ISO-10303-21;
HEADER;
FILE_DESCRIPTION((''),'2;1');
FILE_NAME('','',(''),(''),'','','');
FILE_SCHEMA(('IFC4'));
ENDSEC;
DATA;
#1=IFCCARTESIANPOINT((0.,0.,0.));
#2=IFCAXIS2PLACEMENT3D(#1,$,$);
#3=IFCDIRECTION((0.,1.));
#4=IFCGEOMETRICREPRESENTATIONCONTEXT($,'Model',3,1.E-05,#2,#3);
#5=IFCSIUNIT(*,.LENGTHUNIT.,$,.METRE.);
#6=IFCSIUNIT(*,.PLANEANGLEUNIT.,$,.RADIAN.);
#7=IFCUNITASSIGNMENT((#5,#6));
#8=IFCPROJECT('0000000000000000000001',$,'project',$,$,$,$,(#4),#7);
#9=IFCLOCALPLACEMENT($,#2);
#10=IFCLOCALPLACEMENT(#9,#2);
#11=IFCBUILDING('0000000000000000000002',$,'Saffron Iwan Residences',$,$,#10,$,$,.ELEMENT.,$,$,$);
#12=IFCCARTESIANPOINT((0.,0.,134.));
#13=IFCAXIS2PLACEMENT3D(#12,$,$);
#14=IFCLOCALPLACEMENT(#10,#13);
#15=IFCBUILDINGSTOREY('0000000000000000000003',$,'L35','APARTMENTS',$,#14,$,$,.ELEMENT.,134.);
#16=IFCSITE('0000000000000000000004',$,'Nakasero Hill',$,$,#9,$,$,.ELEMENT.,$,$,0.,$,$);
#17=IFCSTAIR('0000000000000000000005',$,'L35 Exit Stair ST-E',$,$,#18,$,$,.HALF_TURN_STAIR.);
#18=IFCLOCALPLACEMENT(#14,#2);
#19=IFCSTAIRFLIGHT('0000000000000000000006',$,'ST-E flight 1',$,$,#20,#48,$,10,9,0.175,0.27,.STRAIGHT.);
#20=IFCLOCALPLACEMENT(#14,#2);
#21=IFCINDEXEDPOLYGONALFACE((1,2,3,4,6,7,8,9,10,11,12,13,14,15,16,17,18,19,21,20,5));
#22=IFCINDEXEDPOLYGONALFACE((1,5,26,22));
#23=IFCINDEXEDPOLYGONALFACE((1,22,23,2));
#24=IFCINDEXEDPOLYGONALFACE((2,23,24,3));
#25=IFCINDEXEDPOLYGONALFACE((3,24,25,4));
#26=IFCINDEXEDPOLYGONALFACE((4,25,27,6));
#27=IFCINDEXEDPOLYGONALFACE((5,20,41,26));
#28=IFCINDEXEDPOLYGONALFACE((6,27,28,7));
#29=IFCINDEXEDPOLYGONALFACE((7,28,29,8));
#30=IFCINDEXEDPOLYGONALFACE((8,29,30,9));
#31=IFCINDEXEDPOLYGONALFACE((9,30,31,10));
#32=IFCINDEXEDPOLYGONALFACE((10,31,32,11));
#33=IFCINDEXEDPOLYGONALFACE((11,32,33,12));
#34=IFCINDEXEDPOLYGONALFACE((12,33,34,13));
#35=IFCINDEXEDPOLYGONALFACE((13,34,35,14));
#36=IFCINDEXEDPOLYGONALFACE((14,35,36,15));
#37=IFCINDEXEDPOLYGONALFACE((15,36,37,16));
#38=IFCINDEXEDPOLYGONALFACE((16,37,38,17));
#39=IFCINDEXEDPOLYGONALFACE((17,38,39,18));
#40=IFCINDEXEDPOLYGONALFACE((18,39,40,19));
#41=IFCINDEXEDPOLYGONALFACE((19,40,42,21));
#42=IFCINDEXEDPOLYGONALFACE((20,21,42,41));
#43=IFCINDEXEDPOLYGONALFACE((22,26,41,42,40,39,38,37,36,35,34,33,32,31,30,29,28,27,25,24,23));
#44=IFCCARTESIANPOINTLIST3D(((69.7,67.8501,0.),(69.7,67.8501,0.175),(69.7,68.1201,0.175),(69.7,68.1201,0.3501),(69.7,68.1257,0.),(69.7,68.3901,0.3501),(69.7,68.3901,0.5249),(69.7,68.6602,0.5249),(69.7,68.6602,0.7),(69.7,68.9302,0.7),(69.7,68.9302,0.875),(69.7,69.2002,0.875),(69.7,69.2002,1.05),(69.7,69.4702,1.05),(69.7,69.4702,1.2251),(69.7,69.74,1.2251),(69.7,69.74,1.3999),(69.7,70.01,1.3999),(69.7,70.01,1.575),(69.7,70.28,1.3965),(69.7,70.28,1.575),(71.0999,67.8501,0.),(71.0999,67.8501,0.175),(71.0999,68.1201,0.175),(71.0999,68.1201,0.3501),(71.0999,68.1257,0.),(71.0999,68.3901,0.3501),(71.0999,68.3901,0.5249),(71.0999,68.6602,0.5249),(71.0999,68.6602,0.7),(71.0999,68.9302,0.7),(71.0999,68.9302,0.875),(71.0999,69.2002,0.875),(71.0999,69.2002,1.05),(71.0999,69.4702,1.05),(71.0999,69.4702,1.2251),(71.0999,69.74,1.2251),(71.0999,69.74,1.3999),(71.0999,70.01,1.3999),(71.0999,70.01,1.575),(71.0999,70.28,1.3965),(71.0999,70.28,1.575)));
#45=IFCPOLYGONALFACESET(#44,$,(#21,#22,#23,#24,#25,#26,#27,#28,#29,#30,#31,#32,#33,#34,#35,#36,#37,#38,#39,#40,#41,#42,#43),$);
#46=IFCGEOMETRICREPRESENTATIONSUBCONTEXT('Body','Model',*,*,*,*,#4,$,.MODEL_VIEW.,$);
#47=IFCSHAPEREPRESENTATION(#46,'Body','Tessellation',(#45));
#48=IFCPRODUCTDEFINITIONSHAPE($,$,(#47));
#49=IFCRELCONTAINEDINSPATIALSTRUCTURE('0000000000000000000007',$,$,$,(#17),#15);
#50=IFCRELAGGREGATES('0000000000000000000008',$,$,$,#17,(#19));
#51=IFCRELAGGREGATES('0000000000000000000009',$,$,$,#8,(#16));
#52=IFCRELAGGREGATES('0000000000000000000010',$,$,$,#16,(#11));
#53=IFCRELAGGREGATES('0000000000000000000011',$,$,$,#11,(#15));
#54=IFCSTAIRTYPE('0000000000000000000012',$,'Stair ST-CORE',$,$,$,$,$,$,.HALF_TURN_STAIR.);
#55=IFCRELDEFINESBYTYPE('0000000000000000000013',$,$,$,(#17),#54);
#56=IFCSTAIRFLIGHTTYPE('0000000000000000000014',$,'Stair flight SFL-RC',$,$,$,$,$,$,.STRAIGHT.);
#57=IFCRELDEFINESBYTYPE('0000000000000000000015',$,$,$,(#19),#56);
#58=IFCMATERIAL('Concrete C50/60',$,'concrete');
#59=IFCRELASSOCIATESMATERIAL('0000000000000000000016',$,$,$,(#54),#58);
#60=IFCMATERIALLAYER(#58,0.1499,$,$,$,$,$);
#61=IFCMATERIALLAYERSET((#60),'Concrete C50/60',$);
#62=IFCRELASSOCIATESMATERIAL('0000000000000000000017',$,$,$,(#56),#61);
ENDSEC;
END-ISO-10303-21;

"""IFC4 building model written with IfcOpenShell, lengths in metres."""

from ifc_helpers import new_model, si_unit, direction, frame, origin, place, context, subcontext, project, spatial, polyline, outline, extrude, material, layer, layer_set, type_object, element, aggregate, save


model = new_model("IFC4")

# Units and contexts
model_context = context("Model", 3, precision=1e-05, world=origin(), true_north=direction((0.0, 1.0)))
body_context = subcontext(model_context, "Body", "Model", "MODEL_VIEW")
ifc_project = project(units=[si_unit("LENGTHUNIT", "METRE"), si_unit("PLANEANGLEUNIT", "RADIAN")], contexts=[model_context])

# Site, building, storey
site_placement = place(None, origin())
site = spatial("IfcSite", under=ifc_project, at=site_placement, Name="Nakasero Hill", CompositionType="ELEMENT", RefElevation=0.0)
building_placement = place(site_placement, origin())
building = spatial("IfcBuilding", under=site, at=building_placement, Name="Saffron Iwan Residences", CompositionType="ELEMENT")
storey_placement = place(building_placement, frame((0.0, 0.0, 134.0)))
storey = spatial("IfcBuildingStorey", under=building, at=storey_placement, Name="L35", Description="APARTMENTS", CompositionType="ELEMENT", Elevation=134.0)

# Shared definitions
ifc_material_1 = material(Name="Concrete C50/60", Category="concrete")

# Stair, stair flight
stair_type = type_object("IfcStairType", Name="Stair ST-CORE", PredefinedType="HALF_TURN_STAIR", material=ifc_material_1)
stair_placement = place(storey_placement, origin())
stair = element("IfcStair", 1, at=stair_placement, inside=storey, type_object=stair_type, Name="L35 Exit Stair ST-E", PredefinedType="HALF_TURN_STAIR")
ifc_layer_1 = layer(ifc_material_1, 0.1499)
ifc_layer_set_1 = layer_set([ifc_layer_1], Name="Concrete C50/60")
stair_flight_type = type_object("IfcStairFlightType", Name="Stair flight SFL-RC", PredefinedType="STRAIGHT", material=ifc_layer_set_1)
stair_flight_placement = place(storey_placement, frame((70.3999, 67.8501, 0.0), z_axis=(0.0, 0.0, 1.0), x_axis=(0.0, 1.0, 0.0)))
stair_flight = element("IfcStairFlight", 2, at=stair_flight_placement, type_object=stair_flight_type, Name="ST-E flight 1", NumberOfRisers=10, NumberOfTreads=9, PredefinedType="STRAIGHT", RiserHeight=0.175, TreadLength=0.27, context=body_context, shape_type="SweptSolid", body=[
    extrude(outline(polyline([(0.0, 0.0), (0.0, 0.175), (0.27, 0.175), (0.27, 0.3501), (0.54, 0.3501), (0.54, 0.5249), (0.8101, 0.5249), (0.8101, 0.7), (1.0801, 0.7), (1.0801, 0.875), (1.3501, 0.875), (1.3501, 1.05), (1.6201, 1.05), (1.6201, 1.2251), (1.8899, 1.2251), (1.8899, 1.3999), (2.1599, 1.3999), (2.1599, 1.575), (2.4299, 1.575), (2.4299, 1.75), (2.4299, 1.3965), (0.2756, 0.0), (0.0, 0.0)])), frame((0.0, 0.7, 0.0), z_axis=(0.0, -1.0, 0.0), x_axis=(1.0, 0.0, 0.0)), (0.0, 0.0, 1.0), 1.3999),
])
aggregate(stair, [stair_flight])

save(model, "model.ifc")
